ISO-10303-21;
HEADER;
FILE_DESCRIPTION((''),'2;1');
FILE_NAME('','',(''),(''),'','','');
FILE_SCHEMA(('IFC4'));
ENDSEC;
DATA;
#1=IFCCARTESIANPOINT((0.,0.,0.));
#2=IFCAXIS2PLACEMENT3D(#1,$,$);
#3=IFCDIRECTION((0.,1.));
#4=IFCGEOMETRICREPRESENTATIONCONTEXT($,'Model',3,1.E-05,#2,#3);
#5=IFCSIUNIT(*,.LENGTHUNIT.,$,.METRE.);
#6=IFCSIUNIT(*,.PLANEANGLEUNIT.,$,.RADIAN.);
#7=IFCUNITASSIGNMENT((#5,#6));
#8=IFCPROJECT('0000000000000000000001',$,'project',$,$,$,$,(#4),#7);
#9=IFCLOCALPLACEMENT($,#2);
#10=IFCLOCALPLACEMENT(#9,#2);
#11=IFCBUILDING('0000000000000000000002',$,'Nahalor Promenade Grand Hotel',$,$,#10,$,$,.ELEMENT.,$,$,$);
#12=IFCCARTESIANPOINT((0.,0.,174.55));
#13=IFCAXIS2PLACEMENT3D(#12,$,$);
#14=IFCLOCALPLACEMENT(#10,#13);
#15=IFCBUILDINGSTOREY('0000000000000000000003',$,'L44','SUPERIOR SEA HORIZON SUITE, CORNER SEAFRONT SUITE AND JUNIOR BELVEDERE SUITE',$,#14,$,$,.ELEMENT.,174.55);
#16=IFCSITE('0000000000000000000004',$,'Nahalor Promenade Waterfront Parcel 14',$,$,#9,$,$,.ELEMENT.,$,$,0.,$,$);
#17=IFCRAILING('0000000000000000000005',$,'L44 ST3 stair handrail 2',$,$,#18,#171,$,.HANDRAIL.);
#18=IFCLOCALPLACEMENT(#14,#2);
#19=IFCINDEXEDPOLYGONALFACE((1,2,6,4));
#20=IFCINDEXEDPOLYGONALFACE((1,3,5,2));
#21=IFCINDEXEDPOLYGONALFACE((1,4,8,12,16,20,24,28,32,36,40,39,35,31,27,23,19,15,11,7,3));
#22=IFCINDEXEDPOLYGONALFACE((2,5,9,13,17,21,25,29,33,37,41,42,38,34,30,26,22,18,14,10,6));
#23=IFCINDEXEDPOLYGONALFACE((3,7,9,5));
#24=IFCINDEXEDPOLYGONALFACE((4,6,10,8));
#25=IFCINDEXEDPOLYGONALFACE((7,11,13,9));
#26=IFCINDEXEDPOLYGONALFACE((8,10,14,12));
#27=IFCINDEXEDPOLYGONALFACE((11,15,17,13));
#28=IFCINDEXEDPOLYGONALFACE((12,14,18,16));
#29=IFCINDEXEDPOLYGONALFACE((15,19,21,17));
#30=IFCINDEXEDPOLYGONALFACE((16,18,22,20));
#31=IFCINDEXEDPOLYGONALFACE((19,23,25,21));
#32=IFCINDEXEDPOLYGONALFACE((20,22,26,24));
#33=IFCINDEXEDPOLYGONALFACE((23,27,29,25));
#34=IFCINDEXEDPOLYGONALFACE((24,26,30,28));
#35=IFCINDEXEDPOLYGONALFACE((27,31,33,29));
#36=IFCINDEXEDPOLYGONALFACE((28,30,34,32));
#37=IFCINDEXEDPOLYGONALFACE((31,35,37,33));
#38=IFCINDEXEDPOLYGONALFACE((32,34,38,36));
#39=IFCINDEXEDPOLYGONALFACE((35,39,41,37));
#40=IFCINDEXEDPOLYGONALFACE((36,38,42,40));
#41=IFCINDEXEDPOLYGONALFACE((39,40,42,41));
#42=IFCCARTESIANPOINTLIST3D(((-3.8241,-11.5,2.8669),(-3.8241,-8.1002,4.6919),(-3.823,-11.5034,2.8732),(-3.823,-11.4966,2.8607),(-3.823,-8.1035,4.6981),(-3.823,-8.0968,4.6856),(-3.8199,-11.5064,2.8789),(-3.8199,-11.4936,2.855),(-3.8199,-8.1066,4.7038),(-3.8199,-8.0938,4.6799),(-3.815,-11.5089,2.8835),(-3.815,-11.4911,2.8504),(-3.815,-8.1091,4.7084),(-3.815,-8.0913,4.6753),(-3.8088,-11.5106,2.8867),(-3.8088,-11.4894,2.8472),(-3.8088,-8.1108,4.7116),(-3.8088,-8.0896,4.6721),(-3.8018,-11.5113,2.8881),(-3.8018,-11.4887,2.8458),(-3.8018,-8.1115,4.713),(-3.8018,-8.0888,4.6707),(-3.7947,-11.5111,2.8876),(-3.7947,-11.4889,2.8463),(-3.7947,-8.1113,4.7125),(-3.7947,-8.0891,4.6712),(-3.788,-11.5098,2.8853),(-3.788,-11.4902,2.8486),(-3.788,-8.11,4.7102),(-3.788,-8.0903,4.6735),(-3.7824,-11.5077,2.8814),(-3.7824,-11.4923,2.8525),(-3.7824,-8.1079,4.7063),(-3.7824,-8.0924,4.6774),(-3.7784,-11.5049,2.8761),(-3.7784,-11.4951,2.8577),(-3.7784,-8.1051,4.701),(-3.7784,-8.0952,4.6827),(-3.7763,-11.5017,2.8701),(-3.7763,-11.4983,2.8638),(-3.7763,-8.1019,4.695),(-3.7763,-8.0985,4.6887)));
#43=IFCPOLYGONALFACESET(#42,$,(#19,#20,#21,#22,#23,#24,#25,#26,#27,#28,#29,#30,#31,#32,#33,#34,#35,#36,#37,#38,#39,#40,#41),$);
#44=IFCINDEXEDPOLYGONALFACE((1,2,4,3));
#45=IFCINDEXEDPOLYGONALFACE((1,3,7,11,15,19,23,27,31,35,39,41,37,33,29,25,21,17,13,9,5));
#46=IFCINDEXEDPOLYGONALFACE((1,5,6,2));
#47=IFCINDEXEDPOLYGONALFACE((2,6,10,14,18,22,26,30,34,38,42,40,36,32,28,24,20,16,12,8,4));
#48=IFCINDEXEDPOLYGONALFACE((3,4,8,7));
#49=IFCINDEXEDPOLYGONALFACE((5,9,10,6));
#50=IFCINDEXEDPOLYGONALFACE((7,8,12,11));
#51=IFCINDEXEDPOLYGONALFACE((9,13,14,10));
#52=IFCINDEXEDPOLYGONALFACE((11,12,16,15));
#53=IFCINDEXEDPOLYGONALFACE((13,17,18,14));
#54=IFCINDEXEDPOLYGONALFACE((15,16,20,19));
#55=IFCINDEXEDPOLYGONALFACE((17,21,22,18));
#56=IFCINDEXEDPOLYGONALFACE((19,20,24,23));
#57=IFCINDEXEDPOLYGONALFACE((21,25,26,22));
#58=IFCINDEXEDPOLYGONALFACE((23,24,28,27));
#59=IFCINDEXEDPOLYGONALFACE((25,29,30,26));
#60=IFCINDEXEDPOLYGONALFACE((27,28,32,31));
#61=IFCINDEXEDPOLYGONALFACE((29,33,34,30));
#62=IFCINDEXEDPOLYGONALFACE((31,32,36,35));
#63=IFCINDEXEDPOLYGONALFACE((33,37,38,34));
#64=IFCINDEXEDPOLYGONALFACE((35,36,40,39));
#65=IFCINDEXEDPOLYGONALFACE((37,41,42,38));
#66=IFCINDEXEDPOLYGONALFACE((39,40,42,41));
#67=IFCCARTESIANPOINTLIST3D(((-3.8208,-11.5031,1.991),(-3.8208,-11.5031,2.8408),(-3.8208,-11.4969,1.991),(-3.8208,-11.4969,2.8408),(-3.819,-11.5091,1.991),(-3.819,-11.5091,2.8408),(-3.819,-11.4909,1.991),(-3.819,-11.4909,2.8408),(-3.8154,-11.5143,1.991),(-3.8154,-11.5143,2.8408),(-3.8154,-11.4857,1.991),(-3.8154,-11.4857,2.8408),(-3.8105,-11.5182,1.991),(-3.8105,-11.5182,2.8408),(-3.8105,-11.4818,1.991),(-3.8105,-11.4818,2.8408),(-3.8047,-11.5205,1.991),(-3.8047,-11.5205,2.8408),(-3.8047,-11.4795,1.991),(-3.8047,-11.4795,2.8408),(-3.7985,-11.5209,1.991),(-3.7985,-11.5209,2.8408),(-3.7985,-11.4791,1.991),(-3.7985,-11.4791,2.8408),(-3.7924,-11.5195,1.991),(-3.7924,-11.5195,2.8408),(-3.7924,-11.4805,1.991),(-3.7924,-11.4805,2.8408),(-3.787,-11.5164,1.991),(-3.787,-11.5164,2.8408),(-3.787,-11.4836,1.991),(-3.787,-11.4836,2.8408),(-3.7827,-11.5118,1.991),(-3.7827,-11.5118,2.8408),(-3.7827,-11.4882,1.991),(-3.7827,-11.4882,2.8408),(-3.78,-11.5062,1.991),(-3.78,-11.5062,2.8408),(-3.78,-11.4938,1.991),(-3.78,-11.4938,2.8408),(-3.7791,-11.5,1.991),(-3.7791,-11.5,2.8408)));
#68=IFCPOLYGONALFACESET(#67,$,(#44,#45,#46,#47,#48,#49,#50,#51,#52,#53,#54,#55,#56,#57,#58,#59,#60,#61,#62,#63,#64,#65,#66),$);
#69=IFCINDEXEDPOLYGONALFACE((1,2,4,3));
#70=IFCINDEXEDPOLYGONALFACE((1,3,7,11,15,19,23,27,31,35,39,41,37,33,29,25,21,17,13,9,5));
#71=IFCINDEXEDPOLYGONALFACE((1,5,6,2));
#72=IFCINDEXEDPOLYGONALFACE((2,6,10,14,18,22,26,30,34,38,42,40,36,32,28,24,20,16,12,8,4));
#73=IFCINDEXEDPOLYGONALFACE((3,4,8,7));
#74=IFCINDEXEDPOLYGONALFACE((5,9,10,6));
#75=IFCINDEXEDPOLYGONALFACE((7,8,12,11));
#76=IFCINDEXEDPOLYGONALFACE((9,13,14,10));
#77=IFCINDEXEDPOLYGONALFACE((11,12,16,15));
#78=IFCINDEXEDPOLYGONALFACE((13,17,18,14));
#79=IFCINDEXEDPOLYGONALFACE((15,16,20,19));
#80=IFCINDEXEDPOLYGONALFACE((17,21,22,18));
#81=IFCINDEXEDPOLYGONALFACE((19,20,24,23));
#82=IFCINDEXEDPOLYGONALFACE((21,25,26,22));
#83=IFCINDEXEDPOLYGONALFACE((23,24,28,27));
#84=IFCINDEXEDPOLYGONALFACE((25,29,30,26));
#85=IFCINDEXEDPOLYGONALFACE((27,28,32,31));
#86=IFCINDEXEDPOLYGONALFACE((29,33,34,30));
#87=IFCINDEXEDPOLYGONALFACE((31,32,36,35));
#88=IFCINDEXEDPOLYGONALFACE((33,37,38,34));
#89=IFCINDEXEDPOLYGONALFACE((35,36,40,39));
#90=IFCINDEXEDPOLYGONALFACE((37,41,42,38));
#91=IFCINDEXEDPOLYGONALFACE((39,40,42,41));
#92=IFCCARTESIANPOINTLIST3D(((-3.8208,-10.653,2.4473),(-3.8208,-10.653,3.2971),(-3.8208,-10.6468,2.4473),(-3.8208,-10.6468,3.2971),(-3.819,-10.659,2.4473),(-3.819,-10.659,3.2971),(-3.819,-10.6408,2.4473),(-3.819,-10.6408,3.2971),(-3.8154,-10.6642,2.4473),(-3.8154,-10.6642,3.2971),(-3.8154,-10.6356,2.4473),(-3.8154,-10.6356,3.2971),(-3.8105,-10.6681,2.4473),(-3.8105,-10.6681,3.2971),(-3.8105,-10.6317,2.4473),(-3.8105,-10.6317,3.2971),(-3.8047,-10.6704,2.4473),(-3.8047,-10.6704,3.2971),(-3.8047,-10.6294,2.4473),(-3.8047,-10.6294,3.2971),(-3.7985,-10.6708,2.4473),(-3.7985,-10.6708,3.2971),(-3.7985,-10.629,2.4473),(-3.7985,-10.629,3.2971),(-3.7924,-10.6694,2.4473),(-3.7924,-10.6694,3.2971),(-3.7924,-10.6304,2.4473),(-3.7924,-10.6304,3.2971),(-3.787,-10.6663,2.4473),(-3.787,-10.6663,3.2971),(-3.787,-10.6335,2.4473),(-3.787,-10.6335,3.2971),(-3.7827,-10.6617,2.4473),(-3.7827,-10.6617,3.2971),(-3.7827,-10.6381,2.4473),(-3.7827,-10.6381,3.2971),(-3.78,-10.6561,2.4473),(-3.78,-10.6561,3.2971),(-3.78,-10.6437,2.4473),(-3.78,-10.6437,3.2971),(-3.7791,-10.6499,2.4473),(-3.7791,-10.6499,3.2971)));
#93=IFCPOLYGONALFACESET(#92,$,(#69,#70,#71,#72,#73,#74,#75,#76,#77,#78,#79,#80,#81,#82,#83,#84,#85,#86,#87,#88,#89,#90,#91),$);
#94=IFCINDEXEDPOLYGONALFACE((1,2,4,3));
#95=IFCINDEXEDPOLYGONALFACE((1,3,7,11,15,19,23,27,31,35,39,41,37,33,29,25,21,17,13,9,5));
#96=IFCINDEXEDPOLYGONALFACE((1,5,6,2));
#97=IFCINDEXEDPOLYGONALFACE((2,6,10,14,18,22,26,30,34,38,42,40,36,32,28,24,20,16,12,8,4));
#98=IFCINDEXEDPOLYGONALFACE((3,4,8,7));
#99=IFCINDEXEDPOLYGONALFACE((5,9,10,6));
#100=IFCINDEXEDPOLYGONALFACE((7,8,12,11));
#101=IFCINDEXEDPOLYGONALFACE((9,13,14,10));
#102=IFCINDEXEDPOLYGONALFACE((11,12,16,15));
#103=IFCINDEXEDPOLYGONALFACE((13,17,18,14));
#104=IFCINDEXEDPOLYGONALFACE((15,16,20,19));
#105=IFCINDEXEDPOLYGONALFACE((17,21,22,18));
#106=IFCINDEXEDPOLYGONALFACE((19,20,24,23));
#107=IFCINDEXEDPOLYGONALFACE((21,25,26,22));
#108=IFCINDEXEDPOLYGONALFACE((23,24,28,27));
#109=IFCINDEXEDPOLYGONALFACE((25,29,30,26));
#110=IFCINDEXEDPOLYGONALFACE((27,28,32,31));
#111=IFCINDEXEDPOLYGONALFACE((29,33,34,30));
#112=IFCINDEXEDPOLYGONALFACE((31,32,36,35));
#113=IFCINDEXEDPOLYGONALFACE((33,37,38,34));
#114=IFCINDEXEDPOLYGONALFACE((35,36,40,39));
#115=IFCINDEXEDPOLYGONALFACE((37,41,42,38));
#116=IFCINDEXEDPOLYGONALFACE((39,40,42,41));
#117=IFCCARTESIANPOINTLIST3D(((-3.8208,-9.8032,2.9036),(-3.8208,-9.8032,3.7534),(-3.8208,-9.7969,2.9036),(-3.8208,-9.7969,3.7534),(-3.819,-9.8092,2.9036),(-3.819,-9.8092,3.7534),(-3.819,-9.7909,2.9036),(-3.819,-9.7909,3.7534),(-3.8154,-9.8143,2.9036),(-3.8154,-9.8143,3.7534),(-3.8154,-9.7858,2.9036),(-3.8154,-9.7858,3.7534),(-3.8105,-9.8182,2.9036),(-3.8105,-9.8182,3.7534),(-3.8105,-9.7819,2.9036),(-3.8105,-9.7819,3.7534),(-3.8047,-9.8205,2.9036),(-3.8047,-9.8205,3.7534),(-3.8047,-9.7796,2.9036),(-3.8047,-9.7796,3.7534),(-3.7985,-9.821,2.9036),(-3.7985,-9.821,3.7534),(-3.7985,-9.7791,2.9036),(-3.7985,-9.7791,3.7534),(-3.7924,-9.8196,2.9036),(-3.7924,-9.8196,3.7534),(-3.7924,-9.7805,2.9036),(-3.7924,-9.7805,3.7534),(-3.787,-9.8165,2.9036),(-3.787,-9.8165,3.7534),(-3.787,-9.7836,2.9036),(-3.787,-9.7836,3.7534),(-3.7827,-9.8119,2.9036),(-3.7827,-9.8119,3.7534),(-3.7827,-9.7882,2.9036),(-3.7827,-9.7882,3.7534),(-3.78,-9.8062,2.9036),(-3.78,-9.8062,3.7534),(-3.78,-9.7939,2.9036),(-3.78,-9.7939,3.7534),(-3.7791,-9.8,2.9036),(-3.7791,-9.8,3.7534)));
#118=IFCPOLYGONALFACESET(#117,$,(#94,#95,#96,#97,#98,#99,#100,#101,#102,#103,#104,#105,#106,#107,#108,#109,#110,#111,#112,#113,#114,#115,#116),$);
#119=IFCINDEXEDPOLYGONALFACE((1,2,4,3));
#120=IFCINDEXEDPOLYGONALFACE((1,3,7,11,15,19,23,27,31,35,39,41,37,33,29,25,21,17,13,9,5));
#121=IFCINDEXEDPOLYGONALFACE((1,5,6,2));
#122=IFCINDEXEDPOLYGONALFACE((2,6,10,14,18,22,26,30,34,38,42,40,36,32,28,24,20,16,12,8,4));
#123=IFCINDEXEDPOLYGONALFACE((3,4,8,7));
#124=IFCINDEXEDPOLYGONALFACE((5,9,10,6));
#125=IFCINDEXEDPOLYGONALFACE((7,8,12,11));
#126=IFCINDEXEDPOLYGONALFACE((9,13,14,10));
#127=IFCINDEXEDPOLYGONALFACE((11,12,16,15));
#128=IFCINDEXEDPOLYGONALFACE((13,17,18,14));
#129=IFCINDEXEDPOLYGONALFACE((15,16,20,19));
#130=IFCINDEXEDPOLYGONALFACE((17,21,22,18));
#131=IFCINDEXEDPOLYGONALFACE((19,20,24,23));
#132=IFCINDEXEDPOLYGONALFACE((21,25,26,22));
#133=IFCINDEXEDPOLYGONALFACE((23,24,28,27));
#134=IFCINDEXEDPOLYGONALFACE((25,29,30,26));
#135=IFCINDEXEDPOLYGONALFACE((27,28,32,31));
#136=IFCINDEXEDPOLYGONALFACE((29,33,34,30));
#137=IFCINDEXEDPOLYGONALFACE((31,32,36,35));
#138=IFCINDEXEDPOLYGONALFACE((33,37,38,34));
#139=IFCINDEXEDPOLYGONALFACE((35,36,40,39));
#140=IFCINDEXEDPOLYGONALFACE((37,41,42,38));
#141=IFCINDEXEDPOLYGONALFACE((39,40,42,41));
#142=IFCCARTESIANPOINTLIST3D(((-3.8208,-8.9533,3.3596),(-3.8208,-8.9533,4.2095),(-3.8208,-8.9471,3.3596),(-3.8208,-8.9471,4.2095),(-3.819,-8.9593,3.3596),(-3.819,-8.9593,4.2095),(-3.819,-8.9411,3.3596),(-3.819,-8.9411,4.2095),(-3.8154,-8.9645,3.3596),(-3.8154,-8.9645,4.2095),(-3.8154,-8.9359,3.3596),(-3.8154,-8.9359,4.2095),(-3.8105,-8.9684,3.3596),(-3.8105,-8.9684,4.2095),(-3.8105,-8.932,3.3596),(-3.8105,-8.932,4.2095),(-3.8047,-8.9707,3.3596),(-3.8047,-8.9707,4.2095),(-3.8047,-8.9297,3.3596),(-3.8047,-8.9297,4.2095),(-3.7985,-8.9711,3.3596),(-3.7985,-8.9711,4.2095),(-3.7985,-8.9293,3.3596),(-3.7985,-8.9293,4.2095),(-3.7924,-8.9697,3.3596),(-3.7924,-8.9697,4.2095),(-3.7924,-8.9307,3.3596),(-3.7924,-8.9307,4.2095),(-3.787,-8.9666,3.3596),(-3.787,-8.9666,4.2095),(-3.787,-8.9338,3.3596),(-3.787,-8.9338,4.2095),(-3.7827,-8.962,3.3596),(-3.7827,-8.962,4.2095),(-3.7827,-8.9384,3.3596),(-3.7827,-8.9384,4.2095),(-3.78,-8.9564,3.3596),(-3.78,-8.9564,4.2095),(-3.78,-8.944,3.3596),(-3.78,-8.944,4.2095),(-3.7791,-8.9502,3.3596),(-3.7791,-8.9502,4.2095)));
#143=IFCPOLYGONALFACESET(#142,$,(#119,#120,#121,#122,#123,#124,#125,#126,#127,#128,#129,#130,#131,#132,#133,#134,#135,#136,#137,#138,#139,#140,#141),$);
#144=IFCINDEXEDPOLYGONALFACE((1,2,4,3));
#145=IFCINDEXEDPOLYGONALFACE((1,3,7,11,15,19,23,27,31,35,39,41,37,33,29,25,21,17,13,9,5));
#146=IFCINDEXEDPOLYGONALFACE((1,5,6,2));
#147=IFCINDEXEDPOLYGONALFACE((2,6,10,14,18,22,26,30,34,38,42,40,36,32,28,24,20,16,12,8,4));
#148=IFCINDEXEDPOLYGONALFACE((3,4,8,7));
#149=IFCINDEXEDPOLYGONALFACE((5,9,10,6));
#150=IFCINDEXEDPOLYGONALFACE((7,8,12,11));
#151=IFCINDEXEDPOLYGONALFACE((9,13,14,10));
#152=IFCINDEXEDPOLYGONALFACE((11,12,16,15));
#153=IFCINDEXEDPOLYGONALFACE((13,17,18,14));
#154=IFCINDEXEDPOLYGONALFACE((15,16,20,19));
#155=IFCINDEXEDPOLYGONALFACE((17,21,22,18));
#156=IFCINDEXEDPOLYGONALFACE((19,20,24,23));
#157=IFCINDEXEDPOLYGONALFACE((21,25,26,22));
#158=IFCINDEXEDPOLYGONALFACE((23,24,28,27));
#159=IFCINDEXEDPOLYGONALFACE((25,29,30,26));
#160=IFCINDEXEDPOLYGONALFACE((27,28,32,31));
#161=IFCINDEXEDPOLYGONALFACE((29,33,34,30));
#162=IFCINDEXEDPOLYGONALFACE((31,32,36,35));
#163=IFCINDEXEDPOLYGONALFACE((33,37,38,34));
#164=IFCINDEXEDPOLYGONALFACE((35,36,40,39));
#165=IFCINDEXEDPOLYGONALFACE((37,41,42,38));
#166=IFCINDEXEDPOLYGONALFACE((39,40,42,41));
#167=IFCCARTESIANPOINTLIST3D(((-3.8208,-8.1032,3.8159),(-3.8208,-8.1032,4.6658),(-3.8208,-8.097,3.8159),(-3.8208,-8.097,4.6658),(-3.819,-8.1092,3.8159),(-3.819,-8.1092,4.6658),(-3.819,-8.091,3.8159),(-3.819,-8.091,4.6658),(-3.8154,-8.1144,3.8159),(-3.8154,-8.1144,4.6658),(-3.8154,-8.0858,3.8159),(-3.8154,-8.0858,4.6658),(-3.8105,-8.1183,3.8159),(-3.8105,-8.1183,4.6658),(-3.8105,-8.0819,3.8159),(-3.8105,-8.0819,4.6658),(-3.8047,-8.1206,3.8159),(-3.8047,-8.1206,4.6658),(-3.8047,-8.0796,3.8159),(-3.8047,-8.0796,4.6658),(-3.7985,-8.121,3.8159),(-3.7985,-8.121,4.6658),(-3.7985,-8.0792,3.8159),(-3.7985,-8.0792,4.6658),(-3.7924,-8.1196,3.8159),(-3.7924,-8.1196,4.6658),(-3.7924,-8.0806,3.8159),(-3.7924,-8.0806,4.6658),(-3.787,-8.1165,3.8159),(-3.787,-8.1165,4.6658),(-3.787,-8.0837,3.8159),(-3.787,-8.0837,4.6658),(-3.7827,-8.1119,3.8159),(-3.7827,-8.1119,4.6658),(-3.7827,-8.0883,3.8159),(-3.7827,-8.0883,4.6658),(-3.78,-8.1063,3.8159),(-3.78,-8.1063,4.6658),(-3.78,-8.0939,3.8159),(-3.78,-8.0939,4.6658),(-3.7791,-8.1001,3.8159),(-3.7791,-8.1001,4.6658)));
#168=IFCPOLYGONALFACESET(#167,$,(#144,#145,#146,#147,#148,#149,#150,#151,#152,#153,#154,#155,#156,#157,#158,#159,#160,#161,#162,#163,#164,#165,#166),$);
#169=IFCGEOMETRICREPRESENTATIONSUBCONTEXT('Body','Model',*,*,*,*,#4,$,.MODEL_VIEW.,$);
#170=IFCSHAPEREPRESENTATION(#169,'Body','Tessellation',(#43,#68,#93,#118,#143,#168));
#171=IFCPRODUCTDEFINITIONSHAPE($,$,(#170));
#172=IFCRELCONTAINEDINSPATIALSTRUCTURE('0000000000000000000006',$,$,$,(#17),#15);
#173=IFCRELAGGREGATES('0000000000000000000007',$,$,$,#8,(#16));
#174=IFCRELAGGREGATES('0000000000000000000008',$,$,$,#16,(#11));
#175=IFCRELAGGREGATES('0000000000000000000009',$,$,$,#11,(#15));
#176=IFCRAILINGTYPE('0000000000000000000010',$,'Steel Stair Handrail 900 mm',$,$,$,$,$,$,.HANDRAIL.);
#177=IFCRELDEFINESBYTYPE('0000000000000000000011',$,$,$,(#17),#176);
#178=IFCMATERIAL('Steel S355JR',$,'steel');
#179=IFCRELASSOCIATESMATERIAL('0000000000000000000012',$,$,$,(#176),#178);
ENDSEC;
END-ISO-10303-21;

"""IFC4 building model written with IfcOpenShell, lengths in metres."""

from ifc_helpers import new_model, si_unit, direction, frame, origin, origin_2d, place, context, subcontext, project, spatial, circle, extrude, material, type_object, element, save


model = new_model("IFC4")

# Units and contexts
model_context = context("Model", 3, precision=1e-05, world=origin(), true_north=direction((0.0, 1.0)))
body_context = subcontext(model_context, "Body", "Model", "MODEL_VIEW")
ifc_project = project(units=[si_unit("LENGTHUNIT", "METRE"), si_unit("PLANEANGLEUNIT", "RADIAN")], contexts=[model_context])

# Site, building, storey
site_placement = place(None, origin())
site = spatial("IfcSite", under=ifc_project, at=site_placement, Name="Nahalor Promenade Waterfront Parcel 14", CompositionType="ELEMENT", RefElevation=0.0)
building_placement = place(site_placement, origin())
building = spatial("IfcBuilding", under=site, at=building_placement, Name="Nahalor Promenade Grand Hotel", CompositionType="ELEMENT")
storey_placement = place(building_placement, frame((0.0, 0.0, 174.55)))
storey = spatial("IfcBuildingStorey", under=building, at=storey_placement, Name="L44", Description="SUPERIOR SEA HORIZON SUITE, CORNER SEAFRONT SUITE AND JUNIOR BELVEDERE SUITE", CompositionType="ELEMENT", Elevation=174.55)

# Shared definitions
ifc_material_1 = material(Name="Steel S355JR", Category="steel")

# Railing
railing_type_1 = type_object("IfcRailingType", Name="Steel Stair Handrail 900 mm", PredefinedType="HANDRAIL", material=ifc_material_1)
railing_1_placement = place(storey_placement, frame((-3.8, -11.5, 1.991)))
element("IfcRailing", 1, at=railing_1_placement, inside=storey, type_object=railing_type_1, Name="L44 ST3 stair handrail 2", PredefinedType="HANDRAIL", context=body_context, shape_type="SweptSolid", body=[
    extrude(circle(Radius=0.024, at=origin_2d()), frame((0.0, 0.0, 0.876), z_axis=(0.0, 0.881094, 0.472941), x_axis=(-1.0, 0.0, 0.0)), (0.0, 0.0, 1.0), 3.8586),
    extrude(circle(Radius=0.021, at=origin_2d()), origin(), (0.0, 0.0, 1.0), 0.8499),
    extrude(circle(Radius=0.021, at=origin_2d()), frame((0.0, 0.8501, 0.4563)), (0.0, 0.0, 1.0), 0.8499),
    extrude(circle(Radius=0.021, at=origin_2d()), frame((0.0, 1.7, 0.9126)), (0.0, 0.0, 1.0), 0.8499),
    extrude(circle(Radius=0.021, at=origin_2d()), frame((0.0, 2.5498, 1.3687)), (0.0, 0.0, 1.0), 0.8499),
    extrude(circle(Radius=0.021, at=origin_2d()), frame((0.0, 3.3999, 1.825)), (0.0, 0.0, 1.0), 0.8499),
])

save(model, "model.ifc")
